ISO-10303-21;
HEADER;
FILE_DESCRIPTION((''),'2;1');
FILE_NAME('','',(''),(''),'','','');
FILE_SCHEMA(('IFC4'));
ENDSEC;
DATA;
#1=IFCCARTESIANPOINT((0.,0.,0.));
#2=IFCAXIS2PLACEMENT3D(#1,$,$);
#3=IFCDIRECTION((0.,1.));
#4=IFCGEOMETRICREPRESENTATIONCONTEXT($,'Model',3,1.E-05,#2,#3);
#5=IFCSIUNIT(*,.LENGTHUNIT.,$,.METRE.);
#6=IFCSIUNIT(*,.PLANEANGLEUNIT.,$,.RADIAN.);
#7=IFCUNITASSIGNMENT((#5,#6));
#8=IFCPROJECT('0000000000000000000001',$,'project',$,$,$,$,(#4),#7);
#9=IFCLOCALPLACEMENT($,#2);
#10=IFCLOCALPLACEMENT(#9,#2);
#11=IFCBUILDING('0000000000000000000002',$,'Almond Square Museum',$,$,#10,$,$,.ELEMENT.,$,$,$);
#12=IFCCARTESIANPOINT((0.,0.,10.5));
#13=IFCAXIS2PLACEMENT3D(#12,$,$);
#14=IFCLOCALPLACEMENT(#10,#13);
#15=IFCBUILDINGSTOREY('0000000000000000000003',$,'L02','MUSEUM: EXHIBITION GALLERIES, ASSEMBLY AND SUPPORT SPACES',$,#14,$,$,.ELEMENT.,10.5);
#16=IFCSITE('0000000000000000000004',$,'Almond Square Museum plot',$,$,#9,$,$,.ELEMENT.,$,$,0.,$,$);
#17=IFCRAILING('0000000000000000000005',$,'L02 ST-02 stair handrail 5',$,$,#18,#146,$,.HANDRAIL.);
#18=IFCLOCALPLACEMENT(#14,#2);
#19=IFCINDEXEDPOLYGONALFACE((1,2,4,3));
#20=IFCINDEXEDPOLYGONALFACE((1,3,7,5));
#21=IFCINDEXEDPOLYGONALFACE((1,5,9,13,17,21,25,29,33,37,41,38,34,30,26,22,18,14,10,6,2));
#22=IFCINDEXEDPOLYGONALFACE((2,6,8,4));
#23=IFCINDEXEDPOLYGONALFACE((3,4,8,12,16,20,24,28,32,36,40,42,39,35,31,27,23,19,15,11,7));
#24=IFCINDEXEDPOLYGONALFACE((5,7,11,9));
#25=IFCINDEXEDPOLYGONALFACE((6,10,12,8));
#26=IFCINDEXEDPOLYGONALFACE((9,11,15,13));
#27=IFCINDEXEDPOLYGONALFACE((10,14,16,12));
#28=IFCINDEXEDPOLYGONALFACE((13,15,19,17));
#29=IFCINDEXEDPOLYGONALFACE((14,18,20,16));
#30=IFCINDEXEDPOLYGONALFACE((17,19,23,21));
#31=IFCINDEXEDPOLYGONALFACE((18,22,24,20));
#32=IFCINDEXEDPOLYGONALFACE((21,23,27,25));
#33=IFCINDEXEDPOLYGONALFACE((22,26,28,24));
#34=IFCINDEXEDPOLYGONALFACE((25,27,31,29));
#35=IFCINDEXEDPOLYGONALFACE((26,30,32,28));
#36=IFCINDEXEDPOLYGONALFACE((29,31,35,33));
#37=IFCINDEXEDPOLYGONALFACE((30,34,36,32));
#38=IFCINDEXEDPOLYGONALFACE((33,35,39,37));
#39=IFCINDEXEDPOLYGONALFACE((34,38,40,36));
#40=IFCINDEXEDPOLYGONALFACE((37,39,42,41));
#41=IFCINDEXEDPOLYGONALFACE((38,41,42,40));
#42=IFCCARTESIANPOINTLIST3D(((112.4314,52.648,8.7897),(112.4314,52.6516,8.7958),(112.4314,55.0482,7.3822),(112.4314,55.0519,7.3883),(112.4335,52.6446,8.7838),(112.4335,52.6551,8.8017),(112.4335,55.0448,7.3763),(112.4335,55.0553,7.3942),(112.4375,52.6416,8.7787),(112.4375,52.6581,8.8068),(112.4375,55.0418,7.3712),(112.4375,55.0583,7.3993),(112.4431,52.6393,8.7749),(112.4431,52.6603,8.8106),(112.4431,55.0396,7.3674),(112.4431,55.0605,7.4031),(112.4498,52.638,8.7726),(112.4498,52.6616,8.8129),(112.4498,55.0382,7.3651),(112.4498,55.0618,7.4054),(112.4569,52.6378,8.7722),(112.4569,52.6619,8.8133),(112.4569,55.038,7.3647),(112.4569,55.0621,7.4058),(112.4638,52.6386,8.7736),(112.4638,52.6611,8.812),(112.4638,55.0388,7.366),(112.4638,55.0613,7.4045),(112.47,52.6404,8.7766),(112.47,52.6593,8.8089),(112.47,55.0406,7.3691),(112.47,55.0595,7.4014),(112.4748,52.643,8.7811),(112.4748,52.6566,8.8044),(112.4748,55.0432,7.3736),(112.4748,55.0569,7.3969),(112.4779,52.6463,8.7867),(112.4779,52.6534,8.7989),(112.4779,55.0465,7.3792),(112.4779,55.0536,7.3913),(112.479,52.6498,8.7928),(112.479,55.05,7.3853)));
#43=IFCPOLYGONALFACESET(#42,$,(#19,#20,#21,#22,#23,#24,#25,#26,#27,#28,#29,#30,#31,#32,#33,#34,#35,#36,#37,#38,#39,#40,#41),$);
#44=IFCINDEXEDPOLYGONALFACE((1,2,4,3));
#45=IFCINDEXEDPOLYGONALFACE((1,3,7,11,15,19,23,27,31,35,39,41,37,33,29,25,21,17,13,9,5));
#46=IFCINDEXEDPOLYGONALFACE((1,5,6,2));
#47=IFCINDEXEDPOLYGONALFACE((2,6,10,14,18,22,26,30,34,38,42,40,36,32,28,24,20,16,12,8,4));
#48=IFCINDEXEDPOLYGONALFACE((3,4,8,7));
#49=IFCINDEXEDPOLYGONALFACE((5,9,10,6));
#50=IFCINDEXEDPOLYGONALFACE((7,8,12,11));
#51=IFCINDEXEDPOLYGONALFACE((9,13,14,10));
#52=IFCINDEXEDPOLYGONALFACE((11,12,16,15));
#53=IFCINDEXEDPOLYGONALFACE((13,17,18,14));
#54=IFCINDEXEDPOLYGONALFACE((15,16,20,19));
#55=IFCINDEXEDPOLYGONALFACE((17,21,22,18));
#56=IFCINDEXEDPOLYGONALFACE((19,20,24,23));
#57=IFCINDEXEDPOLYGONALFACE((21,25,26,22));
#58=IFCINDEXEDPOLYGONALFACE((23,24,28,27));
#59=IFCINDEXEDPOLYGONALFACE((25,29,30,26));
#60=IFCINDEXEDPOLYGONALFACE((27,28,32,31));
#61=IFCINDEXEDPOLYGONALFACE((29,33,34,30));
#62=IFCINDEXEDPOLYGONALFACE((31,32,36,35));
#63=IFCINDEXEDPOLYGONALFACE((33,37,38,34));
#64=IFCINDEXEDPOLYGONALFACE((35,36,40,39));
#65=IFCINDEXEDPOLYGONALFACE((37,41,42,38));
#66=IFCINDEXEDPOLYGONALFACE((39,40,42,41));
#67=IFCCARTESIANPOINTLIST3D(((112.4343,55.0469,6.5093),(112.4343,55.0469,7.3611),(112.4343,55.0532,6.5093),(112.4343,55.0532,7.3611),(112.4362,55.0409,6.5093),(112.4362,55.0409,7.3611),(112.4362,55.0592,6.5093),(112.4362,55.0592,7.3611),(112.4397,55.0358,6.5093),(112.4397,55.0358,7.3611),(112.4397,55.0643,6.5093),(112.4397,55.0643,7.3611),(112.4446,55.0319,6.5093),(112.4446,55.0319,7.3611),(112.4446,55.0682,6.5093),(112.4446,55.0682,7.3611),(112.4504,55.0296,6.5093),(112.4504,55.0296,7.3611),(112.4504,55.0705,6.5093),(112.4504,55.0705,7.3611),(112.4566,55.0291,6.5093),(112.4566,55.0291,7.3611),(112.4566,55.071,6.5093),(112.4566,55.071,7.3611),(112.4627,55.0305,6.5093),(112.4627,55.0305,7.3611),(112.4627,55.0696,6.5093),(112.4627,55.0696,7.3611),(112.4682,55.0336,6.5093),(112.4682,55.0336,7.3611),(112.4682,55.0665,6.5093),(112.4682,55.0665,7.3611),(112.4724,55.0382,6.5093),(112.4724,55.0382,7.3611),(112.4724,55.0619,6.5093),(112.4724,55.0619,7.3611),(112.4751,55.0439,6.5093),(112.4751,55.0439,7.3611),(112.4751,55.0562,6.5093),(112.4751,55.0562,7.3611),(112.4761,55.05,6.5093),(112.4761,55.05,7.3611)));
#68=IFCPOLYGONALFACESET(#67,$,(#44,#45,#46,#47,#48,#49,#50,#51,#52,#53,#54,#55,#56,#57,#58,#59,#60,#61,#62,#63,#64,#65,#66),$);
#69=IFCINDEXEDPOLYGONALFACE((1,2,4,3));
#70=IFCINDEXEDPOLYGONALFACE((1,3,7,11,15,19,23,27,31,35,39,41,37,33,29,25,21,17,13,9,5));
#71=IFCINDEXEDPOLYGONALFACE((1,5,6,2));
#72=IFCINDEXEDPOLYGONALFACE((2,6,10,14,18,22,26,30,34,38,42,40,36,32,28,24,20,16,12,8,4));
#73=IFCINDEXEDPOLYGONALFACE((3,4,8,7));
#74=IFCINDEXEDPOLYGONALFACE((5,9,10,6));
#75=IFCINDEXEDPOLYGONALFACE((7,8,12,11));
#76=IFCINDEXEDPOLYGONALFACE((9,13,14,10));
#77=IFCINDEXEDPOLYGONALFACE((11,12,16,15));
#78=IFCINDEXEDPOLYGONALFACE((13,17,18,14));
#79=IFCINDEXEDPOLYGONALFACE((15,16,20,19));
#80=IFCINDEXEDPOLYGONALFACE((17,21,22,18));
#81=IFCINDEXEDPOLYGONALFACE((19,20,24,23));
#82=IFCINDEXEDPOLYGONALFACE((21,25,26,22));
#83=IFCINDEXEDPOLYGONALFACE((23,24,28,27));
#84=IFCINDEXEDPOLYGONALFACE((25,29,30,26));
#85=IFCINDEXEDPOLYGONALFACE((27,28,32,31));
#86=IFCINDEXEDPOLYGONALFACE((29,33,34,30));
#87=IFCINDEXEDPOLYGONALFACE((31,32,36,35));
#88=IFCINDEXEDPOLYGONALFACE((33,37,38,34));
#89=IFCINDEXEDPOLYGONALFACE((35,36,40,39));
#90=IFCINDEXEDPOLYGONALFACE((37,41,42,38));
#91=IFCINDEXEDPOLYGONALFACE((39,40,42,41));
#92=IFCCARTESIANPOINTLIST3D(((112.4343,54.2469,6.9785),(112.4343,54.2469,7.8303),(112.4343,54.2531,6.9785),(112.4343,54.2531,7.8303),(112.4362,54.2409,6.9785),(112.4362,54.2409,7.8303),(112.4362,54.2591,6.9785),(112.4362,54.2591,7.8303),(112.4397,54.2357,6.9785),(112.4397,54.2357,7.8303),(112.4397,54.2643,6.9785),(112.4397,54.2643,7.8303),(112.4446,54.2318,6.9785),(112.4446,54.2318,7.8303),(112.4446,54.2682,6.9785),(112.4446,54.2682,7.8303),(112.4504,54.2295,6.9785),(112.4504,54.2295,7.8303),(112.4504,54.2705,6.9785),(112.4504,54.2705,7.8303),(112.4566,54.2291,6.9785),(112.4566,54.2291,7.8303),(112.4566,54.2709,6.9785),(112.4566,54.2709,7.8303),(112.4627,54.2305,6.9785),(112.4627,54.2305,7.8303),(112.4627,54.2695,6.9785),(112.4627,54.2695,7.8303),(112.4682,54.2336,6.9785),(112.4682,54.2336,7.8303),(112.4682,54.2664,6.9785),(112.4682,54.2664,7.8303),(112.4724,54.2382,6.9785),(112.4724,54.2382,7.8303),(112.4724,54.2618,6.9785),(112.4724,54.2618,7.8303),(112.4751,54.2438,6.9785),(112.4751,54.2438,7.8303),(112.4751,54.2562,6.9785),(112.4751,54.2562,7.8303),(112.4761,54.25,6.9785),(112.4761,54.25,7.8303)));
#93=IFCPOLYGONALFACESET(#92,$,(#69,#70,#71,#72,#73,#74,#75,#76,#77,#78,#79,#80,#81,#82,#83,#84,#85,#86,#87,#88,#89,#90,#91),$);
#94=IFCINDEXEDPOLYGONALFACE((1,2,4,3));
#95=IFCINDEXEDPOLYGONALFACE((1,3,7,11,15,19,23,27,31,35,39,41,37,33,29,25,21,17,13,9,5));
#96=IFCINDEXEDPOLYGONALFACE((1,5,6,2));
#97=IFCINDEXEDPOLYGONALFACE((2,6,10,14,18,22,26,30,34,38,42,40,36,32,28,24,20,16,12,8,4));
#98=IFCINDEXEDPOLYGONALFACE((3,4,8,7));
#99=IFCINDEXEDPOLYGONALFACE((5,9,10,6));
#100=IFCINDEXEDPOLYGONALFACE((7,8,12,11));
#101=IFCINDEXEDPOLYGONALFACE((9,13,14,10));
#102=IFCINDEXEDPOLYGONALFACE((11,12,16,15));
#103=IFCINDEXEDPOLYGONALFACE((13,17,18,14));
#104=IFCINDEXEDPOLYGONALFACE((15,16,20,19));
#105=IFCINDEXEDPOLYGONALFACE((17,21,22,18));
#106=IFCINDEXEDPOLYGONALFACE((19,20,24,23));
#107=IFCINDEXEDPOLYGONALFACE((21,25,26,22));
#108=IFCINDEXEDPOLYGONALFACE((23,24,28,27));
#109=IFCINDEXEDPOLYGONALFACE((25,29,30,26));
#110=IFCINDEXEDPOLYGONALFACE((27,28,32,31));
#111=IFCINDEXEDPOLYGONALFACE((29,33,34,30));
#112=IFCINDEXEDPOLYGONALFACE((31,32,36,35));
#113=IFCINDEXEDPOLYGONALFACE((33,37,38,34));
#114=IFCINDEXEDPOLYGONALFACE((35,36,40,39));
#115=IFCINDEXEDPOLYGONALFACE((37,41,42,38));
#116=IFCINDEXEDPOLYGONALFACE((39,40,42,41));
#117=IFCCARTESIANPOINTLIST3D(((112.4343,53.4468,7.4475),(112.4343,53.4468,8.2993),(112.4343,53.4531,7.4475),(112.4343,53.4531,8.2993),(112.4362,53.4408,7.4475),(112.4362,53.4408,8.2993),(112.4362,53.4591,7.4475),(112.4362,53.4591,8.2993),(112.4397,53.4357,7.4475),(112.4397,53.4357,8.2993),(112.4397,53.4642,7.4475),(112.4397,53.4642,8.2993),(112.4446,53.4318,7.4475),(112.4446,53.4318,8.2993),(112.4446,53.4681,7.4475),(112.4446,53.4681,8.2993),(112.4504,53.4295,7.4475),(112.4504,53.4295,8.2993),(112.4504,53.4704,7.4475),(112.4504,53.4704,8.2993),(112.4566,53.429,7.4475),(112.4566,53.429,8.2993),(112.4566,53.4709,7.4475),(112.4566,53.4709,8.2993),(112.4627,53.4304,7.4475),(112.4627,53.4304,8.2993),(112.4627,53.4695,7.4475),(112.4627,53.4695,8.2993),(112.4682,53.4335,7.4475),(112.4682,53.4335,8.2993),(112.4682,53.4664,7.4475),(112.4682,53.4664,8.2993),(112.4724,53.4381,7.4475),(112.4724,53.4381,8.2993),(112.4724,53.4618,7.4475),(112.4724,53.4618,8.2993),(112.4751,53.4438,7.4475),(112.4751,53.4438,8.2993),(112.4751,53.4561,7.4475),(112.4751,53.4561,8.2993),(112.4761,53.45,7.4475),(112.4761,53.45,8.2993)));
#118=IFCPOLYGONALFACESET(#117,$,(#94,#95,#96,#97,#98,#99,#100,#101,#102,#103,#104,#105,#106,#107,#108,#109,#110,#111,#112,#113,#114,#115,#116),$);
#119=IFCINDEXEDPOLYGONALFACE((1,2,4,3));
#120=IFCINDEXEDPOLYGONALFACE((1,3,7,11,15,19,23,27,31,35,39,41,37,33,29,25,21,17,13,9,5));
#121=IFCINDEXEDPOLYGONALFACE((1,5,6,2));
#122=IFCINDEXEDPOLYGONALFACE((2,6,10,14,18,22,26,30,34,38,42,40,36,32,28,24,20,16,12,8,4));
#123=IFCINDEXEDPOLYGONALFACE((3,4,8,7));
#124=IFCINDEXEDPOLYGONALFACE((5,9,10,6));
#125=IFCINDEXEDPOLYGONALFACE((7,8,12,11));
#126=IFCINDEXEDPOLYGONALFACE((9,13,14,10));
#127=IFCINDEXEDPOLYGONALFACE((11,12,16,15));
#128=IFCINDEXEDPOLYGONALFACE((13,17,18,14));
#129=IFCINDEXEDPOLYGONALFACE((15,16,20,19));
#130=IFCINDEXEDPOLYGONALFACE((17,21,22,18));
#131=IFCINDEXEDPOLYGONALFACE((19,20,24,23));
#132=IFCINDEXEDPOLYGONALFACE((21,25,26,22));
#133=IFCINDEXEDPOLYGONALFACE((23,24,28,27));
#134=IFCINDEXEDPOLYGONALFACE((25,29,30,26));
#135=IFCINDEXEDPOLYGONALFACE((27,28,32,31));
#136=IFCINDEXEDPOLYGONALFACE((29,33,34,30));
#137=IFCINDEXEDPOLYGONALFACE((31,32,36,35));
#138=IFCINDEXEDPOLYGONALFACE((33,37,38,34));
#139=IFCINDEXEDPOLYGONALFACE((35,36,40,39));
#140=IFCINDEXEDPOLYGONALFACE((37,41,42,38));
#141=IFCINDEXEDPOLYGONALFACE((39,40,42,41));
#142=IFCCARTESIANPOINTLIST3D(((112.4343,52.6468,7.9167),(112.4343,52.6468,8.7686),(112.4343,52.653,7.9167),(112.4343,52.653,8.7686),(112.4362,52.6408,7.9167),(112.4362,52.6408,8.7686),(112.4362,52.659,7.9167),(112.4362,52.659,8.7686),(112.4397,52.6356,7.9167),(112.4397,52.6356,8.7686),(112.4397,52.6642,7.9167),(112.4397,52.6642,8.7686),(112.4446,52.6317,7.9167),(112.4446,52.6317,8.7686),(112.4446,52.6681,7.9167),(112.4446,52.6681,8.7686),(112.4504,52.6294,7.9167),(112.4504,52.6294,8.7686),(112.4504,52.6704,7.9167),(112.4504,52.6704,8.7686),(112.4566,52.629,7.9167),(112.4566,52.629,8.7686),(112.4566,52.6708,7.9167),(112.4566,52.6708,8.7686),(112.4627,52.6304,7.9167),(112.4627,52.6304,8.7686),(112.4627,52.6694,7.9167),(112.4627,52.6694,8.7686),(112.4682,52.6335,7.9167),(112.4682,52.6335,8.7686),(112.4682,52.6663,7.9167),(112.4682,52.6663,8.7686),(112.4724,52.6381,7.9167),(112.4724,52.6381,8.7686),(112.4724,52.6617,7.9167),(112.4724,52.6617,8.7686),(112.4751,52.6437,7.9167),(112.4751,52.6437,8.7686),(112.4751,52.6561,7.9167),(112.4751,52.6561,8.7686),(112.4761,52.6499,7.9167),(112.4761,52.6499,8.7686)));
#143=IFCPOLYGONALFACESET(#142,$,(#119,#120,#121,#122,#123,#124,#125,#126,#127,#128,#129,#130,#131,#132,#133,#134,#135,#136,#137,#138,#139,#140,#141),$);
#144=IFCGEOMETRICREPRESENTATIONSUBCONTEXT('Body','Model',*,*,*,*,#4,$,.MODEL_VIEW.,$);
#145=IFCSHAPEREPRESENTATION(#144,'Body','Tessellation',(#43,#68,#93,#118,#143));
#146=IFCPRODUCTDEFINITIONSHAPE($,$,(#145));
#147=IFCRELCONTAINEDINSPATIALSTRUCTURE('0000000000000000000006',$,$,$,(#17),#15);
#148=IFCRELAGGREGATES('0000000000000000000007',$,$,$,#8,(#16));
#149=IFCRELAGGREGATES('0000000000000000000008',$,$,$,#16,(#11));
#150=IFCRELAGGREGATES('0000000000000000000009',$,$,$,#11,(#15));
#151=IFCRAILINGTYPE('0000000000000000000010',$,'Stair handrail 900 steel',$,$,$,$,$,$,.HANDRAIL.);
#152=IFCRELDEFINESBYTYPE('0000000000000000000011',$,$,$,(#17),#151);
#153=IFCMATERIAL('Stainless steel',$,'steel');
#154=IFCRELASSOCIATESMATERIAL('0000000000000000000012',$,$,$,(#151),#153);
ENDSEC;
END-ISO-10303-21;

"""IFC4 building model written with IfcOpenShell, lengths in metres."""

from ifc_helpers import new_model, si_unit, direction, frame, origin, origin_2d, place, context, subcontext, project, spatial, circle, extrude, material, type_object, element, save


model = new_model("IFC4")

# Units and contexts
model_context = context("Model", 3, precision=1e-05, world=origin(), true_north=direction((0.0, 1.0)))
body_context = subcontext(model_context, "Body", "Model", "MODEL_VIEW")
ifc_project = project(units=[si_unit("LENGTHUNIT", "METRE"), si_unit("PLANEANGLEUNIT", "RADIAN")], contexts=[model_context])

# Site, building, storey
site_placement = place(None, origin())
site = spatial("IfcSite", under=ifc_project, at=site_placement, Name="Almond Square Museum plot", CompositionType="ELEMENT", RefElevation=0.0)
building_placement = place(site_placement, origin())
building = spatial("IfcBuilding", under=site, at=building_placement, Name="Almond Square Museum", CompositionType="ELEMENT")
storey_placement = place(building_placement, frame((0.0, 0.0, 10.5)))
storey = spatial("IfcBuildingStorey", under=building, at=storey_placement, Name="L02", Description="MUSEUM: EXHIBITION GALLERIES, ASSEMBLY AND SUPPORT SPACES", CompositionType="ELEMENT", Elevation=10.5)

# Railing
ifc_material_1 = material(Name="Stainless steel", Category="steel")
railing_type_1 = type_object("IfcRailingType", Name="Stair handrail 900 steel", PredefinedType="HANDRAIL", material=ifc_material_1)
railing_1_placement = place(storey_placement, frame((112.4551, 55.05, 6.5093)))
element("IfcRailing", 1, at=railing_1_placement, inside=storey, type_object=railing_type_1, Name="L02 ST-02 stair handrail 5", PredefinedType="HANDRAIL", context=body_context, shape_type="SweptSolid", body=[
    extrude(circle(Radius=0.0239, at=origin_2d()), frame((0.0, 0.0, 0.876), z_axis=(0.0, -0.862621, 0.50585), x_axis=(1.0, 0.0, 0.0)), (0.0, 0.0, 1.0), 2.7825),
    extrude(circle(Radius=0.021, at=origin_2d()), origin(), (0.0, 0.0, 1.0), 0.8518),
    extrude(circle(Radius=0.021, at=origin_2d()), frame((0.0, -0.8, 0.4692)), (0.0, 0.0, 1.0), 0.8518),
    extrude(circle(Radius=0.021, at=origin_2d()), frame((0.0, -1.6001, 0.9382)), (0.0, 0.0, 1.0), 0.8518),
    extrude(circle(Radius=0.021, at=origin_2d()), frame((0.0, -2.4001, 1.4075)), (0.0, 0.0, 1.0), 0.8518),
])

save(model, "model.ifc")
